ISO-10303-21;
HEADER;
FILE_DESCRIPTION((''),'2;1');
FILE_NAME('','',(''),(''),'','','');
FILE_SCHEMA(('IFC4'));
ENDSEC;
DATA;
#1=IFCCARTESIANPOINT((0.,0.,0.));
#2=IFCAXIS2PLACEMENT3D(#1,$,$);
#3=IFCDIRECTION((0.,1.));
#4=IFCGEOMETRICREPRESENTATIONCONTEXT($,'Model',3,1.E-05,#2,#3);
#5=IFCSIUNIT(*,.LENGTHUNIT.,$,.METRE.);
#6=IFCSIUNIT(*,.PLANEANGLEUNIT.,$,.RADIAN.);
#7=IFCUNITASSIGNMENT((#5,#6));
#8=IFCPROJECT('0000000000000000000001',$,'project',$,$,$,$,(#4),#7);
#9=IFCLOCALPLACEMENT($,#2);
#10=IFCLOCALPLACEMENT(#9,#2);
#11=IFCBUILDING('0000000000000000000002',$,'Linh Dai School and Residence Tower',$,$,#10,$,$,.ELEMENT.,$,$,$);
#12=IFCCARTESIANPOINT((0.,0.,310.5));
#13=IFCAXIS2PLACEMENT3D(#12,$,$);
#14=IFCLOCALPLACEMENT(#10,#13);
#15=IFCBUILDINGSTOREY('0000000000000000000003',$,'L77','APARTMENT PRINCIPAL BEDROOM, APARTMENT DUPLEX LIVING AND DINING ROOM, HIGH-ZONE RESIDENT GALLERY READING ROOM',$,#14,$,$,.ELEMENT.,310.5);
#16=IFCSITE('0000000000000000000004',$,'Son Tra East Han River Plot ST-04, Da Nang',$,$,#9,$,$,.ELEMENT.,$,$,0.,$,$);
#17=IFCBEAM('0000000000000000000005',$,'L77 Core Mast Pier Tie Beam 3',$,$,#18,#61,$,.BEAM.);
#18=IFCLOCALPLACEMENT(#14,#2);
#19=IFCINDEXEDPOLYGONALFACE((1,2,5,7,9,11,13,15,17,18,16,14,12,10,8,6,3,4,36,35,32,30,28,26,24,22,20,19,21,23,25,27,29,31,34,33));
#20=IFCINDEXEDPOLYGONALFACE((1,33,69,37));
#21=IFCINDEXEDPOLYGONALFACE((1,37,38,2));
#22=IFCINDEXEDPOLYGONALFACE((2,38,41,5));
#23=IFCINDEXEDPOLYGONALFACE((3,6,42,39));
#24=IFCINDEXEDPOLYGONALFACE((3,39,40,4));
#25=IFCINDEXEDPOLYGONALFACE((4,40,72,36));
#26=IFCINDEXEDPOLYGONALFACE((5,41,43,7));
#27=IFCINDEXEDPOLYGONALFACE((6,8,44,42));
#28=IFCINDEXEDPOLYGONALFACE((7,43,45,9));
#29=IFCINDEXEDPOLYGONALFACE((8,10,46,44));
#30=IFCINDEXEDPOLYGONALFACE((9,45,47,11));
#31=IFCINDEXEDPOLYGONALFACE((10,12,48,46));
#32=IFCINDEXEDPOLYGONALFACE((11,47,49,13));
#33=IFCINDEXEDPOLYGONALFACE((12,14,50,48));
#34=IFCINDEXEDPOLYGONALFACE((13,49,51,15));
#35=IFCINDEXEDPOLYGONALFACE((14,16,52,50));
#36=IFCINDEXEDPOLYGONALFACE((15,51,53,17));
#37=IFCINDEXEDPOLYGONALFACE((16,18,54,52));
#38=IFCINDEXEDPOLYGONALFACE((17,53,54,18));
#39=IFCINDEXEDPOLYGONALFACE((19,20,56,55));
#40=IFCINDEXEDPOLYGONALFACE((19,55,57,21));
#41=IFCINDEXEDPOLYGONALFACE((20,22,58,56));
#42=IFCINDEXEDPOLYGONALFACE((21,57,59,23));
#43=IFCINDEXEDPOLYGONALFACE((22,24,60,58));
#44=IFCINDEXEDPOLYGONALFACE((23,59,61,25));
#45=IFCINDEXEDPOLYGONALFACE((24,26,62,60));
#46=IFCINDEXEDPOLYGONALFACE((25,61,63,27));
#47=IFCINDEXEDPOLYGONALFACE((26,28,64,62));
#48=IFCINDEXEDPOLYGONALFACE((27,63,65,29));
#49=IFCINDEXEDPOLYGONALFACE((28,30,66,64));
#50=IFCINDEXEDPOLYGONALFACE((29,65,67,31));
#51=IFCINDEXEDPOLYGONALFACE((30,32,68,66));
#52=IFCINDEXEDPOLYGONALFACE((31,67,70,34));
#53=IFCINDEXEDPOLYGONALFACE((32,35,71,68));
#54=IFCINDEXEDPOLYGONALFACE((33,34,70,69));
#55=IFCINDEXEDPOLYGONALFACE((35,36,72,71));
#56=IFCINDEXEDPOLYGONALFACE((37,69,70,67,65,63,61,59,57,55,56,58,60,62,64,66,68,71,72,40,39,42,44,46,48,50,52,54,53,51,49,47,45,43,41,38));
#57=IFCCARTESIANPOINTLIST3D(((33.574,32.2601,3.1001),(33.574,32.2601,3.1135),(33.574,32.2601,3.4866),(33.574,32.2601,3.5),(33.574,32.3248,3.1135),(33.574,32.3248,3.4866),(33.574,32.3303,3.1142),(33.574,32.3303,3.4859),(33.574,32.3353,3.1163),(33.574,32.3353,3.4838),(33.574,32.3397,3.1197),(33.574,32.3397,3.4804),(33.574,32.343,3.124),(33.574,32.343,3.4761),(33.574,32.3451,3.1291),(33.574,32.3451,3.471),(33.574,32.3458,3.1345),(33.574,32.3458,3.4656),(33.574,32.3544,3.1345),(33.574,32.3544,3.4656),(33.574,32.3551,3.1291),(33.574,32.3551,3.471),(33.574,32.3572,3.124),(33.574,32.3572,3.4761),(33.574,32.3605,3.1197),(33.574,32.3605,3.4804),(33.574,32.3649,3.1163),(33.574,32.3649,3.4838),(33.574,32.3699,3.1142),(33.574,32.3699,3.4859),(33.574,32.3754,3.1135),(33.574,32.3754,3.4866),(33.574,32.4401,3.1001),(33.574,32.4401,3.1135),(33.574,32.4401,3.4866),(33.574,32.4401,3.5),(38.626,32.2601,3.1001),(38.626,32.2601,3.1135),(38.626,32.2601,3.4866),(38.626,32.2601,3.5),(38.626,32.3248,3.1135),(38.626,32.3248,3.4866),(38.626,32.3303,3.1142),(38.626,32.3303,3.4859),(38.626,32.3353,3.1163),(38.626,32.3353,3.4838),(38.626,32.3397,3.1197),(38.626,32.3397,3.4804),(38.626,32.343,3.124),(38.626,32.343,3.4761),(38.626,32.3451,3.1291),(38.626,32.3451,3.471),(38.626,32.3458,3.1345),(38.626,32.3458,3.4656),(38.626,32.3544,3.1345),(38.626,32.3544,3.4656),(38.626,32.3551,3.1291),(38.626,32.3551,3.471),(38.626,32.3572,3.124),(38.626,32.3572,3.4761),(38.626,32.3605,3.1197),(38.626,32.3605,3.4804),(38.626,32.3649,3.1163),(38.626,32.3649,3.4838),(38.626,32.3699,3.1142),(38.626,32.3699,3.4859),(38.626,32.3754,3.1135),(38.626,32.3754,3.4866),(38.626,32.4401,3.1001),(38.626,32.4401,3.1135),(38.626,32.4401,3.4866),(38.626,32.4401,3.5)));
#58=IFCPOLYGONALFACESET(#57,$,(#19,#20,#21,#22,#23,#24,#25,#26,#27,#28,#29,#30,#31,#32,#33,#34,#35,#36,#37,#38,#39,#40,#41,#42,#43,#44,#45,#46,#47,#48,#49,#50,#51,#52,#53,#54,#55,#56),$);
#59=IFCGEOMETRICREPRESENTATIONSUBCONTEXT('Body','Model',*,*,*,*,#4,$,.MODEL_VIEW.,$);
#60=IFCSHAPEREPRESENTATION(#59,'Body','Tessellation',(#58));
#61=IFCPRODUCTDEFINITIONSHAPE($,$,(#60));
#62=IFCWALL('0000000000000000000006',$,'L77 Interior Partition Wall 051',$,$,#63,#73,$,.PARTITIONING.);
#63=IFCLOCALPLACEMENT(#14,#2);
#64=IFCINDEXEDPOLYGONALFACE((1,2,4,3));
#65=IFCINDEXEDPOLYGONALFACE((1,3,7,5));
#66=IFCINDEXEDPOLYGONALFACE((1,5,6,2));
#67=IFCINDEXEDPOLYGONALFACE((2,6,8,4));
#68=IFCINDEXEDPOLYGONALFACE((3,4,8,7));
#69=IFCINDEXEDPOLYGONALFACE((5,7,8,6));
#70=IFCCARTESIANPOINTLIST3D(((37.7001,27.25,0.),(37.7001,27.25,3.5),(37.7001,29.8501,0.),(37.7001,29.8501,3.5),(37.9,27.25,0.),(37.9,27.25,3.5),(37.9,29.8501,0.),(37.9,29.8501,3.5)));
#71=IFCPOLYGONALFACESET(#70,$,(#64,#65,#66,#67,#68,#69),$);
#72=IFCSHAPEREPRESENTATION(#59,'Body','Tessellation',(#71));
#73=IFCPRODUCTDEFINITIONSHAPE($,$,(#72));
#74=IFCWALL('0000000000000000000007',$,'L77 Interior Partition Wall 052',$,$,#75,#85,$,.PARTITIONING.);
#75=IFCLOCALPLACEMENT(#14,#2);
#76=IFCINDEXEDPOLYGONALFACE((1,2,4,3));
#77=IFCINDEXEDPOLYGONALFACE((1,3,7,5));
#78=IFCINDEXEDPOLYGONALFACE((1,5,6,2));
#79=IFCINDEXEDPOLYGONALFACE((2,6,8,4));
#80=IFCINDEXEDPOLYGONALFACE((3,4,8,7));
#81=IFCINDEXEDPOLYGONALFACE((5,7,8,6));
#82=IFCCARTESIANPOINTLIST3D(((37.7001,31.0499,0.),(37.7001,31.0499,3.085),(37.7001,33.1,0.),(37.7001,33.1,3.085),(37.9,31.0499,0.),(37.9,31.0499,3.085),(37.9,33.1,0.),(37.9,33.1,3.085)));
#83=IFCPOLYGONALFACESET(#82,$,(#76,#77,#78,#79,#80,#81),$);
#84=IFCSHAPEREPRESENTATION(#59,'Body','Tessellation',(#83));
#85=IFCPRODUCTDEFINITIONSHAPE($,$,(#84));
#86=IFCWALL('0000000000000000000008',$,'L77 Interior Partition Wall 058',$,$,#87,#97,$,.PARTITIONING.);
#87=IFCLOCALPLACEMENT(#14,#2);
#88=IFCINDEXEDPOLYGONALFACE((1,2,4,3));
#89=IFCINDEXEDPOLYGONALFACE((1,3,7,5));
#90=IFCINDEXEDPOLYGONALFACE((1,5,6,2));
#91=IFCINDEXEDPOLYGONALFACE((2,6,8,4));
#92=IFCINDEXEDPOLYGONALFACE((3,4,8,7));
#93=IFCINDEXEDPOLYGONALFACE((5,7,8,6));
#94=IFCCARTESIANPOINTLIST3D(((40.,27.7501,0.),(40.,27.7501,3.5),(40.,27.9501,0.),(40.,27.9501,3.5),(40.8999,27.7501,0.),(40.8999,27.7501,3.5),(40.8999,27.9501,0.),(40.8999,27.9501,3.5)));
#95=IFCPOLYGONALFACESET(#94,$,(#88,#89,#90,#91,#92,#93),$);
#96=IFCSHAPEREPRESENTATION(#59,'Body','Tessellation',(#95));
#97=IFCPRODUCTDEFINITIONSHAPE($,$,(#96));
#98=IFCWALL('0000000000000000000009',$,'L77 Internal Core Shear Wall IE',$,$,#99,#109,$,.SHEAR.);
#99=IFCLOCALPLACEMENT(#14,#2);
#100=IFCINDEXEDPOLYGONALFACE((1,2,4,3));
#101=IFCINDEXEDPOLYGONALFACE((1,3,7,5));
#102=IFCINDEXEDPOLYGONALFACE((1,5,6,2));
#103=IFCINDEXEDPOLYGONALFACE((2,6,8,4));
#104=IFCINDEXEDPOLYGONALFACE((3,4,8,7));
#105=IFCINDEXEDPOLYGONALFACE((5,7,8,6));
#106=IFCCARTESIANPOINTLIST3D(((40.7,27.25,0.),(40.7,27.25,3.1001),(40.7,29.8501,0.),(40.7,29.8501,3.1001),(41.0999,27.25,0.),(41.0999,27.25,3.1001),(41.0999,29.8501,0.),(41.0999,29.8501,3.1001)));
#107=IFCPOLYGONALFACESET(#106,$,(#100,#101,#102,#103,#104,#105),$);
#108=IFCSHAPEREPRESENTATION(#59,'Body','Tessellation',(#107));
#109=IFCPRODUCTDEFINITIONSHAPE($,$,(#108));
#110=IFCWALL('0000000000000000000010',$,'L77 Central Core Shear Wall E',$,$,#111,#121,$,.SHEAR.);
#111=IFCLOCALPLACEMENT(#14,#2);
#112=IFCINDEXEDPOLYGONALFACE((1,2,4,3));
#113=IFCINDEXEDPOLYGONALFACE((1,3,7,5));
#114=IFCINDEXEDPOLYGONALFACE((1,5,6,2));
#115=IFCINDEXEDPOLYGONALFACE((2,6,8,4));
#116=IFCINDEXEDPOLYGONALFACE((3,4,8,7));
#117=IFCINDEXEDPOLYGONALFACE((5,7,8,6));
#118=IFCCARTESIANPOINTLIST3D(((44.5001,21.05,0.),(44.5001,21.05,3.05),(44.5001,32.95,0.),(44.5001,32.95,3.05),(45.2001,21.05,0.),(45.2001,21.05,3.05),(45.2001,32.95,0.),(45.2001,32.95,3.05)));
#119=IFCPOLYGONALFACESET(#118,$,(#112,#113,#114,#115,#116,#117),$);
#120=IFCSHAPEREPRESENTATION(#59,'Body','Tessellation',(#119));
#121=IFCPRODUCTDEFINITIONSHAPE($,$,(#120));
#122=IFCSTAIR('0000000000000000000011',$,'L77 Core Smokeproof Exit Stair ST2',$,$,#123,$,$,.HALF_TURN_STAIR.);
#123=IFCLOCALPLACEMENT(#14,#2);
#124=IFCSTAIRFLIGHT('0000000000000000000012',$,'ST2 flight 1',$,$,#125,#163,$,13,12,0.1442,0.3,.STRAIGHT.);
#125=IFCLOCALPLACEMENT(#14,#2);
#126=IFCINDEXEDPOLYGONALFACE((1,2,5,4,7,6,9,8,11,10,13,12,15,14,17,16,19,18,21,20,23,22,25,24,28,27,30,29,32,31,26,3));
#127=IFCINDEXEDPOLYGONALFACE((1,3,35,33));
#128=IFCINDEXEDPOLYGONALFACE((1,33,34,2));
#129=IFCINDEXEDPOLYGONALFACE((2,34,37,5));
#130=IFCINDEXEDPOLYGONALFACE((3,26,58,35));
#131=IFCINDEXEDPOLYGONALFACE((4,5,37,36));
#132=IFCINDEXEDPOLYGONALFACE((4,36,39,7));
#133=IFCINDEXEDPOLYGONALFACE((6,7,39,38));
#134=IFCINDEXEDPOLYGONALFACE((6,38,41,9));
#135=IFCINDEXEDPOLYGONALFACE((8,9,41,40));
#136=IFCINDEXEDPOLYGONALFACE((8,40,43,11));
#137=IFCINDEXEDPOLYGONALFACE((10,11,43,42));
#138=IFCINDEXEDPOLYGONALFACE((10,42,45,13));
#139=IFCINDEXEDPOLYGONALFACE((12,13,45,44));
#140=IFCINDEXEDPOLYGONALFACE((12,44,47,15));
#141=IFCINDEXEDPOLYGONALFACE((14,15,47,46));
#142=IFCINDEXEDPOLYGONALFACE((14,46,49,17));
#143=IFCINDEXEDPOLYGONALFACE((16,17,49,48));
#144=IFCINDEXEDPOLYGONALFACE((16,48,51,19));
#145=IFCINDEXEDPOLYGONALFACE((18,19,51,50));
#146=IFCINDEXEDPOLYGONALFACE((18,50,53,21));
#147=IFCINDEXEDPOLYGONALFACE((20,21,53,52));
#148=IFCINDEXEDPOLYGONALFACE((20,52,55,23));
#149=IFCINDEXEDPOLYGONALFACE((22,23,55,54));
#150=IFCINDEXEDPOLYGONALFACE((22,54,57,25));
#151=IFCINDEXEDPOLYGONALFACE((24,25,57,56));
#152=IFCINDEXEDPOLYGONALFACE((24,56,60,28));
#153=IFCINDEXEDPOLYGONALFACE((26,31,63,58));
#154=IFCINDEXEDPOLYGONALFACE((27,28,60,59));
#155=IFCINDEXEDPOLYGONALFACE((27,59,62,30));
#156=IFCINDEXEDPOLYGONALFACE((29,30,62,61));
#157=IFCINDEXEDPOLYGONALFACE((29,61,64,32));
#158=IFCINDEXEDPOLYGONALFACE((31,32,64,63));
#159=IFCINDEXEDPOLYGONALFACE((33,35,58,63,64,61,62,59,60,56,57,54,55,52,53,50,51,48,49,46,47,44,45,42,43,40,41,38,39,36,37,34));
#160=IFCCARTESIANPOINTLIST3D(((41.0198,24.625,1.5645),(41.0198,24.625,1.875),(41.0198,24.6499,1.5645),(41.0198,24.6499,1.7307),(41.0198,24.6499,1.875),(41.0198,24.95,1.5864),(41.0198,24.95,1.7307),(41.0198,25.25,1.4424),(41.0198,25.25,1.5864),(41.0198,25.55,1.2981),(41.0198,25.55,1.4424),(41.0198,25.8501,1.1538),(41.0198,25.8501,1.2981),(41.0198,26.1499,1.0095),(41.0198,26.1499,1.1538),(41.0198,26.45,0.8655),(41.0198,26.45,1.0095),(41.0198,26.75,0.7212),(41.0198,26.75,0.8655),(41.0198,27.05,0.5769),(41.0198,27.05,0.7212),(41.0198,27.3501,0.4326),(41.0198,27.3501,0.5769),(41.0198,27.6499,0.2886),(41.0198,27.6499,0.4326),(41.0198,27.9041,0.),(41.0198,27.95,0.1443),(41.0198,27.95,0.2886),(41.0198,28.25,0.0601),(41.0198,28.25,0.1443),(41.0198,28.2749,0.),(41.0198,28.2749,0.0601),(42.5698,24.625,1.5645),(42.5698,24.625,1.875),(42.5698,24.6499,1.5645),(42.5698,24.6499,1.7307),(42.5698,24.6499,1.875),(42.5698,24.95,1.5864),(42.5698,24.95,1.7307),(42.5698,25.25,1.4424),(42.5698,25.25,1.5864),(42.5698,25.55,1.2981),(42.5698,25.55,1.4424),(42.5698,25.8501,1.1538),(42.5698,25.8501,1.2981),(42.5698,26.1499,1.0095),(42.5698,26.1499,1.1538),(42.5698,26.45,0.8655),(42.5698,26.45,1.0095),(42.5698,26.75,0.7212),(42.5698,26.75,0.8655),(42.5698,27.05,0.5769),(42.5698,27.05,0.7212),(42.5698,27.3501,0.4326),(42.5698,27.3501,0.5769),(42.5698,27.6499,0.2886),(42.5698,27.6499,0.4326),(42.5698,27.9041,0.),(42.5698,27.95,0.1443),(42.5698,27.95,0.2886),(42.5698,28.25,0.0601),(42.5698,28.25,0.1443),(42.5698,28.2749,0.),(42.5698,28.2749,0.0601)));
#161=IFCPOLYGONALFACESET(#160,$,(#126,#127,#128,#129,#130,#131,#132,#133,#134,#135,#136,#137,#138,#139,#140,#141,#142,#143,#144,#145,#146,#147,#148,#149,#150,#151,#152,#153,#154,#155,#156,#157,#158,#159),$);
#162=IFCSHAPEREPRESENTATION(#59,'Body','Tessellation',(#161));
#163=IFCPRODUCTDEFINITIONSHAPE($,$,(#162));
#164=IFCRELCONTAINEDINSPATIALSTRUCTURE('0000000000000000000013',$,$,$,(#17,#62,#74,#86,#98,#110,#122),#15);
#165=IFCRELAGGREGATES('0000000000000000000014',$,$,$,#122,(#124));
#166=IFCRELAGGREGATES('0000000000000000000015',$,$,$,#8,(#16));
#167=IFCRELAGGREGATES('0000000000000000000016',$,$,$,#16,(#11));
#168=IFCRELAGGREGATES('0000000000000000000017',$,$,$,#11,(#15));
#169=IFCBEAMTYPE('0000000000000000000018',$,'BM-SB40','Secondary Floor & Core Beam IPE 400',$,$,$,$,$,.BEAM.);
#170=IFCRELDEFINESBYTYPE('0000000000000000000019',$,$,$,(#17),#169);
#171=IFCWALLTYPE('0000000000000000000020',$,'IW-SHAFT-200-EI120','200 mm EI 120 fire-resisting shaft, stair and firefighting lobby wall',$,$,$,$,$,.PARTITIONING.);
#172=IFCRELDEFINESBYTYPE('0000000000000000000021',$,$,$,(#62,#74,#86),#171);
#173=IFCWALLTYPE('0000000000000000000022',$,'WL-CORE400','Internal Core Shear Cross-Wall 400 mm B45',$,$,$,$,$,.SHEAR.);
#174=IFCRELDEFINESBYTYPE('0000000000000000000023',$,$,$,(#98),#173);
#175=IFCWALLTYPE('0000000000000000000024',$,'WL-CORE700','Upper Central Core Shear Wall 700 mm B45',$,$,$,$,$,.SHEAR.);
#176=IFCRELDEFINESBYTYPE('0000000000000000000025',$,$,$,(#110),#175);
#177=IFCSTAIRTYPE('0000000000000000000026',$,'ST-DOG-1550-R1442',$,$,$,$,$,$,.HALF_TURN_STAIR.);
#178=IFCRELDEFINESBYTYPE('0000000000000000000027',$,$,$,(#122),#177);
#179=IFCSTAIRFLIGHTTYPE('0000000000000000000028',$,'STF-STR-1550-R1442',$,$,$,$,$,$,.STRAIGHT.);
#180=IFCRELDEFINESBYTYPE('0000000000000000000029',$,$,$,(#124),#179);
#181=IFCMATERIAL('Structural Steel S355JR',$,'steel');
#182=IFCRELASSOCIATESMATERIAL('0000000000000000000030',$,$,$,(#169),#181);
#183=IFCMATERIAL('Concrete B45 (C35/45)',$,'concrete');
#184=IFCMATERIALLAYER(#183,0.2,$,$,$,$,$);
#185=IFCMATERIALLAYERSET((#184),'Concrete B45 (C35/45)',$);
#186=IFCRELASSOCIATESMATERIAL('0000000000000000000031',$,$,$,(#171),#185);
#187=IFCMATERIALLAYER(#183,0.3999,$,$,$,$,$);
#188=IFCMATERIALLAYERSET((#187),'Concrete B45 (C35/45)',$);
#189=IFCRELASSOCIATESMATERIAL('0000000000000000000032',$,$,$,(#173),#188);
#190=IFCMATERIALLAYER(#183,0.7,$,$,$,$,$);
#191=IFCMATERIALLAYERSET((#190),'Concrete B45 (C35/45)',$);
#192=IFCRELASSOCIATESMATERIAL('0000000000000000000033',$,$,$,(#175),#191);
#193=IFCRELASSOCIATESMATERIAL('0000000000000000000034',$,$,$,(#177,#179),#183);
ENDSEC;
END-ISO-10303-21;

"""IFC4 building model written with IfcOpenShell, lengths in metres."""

from ifc_helpers import new_model, si_unit, direction, frame, frame_2d, origin, origin_2d, place, context, subcontext, project, spatial, polyline, rectangle, i_section, outline, extrude, source, transform, mapped, material, layer, layer_set, material_profile, profile_set, type_object, element, aggregate, save


model = new_model("IFC4")

# Units and contexts
model_context = context("Model", 3, precision=1e-05, world=origin(), true_north=direction((0.0, 1.0)))
body_context = subcontext(model_context, "Body", "Model", "MODEL_VIEW")
ifc_project = project(units=[si_unit("LENGTHUNIT", "METRE"), si_unit("PLANEANGLEUNIT", "RADIAN")], contexts=[model_context])

# Site, building, storey
site_placement = place(None, origin())
site = spatial("IfcSite", under=ifc_project, at=site_placement, Name="Son Tra East Han River Plot ST-04, Da Nang", CompositionType="ELEMENT", RefElevation=0.0)
building_placement = place(site_placement, origin())
building = spatial("IfcBuilding", under=site, at=building_placement, Name="Linh Dai School and Residence Tower", CompositionType="ELEMENT")
storey_placement = place(building_placement, frame((0.0, 0.0, 310.5)))
storey = spatial("IfcBuildingStorey", under=building, at=storey_placement, Name="L77", Description="APARTMENT PRINCIPAL BEDROOM, APARTMENT DUPLEX LIVING AND DINING ROOM, HIGH-ZONE RESIDENT GALLERY READING ROOM", CompositionType="ELEMENT", Elevation=310.5)

# Shared definitions
ifc_material_1 = material(Name="Structural Steel S355JR", Category="steel")

# Beam
ifc_material_profile_1 = material_profile(ifc_material_1, i_section(OverallWidth=0.1799, OverallDepth=0.3999, WebThickness=0.0085, FlangeThickness=0.0134, FilletRadius=0.021, at=origin_2d()), Name="IPE 400")
ifc_profile_set_1 = profile_set([ifc_material_profile_1], Name="Structural Steel S355JR")
beam_type_1 = type_object("IfcBeamType", Name="BM-SB40", Description="Secondary Floor & Core Beam IPE 400", PredefinedType="BEAM", material=ifc_profile_set_1)
beam_1_placement = place(storey_placement, frame((38.626, 32.3501, 3.3), z_axis=(-1.0, 0.0, 0.0), x_axis=(0.0, -1.0, 0.0)))
element("IfcBeam", 1, at=beam_1_placement, inside=storey, type_object=beam_type_1, Name="L77 Core Mast Pier Tie Beam 3", PredefinedType="BEAM", context=body_context, shape_type="SweptSolid", body=[
    extrude(i_section(OverallWidth=0.1799, OverallDepth=0.3999, WebThickness=0.0085, FlangeThickness=0.0134, FilletRadius=0.021, at=origin_2d()), origin(), (0.0, 0.0, 1.0), 5.052),
])

# Walls
ifc_material_2 = material(Name="Concrete B45 (C35/45)", Category="concrete")
ifc_layer_1 = layer(ifc_material_2, 0.2)
ifc_layer_set_1 = layer_set([ifc_layer_1], Name="Concrete B45 (C35/45)")
wall_type_1 = type_object("IfcWallType", Name="IW-SHAFT-200-EI120", Description="200 mm EI 120 fire-resisting shaft, stair and firefighting lobby wall", PredefinedType="PARTITIONING", material=ifc_layer_set_1)
wall_1_placement = place(storey_placement, frame((37.8, 27.25, 0.0), z_axis=(0.0, 0.0, 1.0), x_axis=(0.0, 1.0, 0.0)))
element("IfcWall", 2, at=wall_1_placement, inside=storey, type_object=wall_type_1, Name="L77 Interior Partition Wall 051", PredefinedType="PARTITIONING", context=body_context, shape_type="SweptSolid", body=[
    extrude(rectangle(XDim=2.6001, YDim=0.2, at=frame_2d((1.3, 0.0))), origin(), (0.0, 0.0, 1.0), 3.5),
])
wall_2_placement = place(storey_placement, frame((37.8, 31.05, 0.0), z_axis=(0.0, 0.0, 1.0), x_axis=(0.0, 1.0, 0.0)))
element("IfcWall", 3, at=wall_2_placement, inside=storey, type_object=wall_type_1, Name="L77 Interior Partition Wall 052", PredefinedType="PARTITIONING", context=body_context, shape_type="SweptSolid", body=[
    extrude(rectangle(XDim=2.05, YDim=0.2, at=frame_2d((1.0249, 0.0))), origin(), (0.0, 0.0, 1.0), 3.085),
])
wall_3_placement = place(storey_placement, frame((40.0, 27.8501, 0.0), z_axis=(0.0, 0.0, 1.0), x_axis=(1.0, 0.0, 0.0)))
element("IfcWall", 4, at=wall_3_placement, inside=storey, type_object=wall_type_1, Name="L77 Interior Partition Wall 058", PredefinedType="PARTITIONING", context=body_context, shape_type="SweptSolid", body=[
    extrude(rectangle(XDim=0.8999, YDim=0.2, at=frame_2d((0.45, 0.0))), origin(), (0.0, 0.0, 1.0), 3.5),
])
ifc_layer_2 = layer(ifc_material_2, 0.3999)
ifc_layer_set_2 = layer_set([ifc_layer_2], Name="Concrete B45 (C35/45)")
wall_type_2 = type_object("IfcWallType", Name="WL-CORE400", Description="Internal Core Shear Cross-Wall 400 mm B45", PredefinedType="SHEAR", material=ifc_layer_set_2)
wall_4_placement = place(storey_placement, frame((40.8999, 27.25, 0.0), z_axis=(0.0, 0.0, 1.0), x_axis=(0.0, 1.0, 0.0)))
element("IfcWall", 5, at=wall_4_placement, inside=storey, type_object=wall_type_2, Name="L77 Internal Core Shear Wall IE", PredefinedType="SHEAR", context=body_context, shape_type="SweptSolid", body=[
    extrude(rectangle(XDim=2.6001, YDim=0.3999, at=frame_2d((1.3, 0.0))), origin(), (0.0, 0.0, 1.0), 3.1001),
])
ifc_layer_3 = layer(ifc_material_2, 0.7)
ifc_layer_set_3 = layer_set([ifc_layer_3], Name="Concrete B45 (C35/45)")
wall_type_3 = type_object("IfcWallType", Name="WL-CORE700", Description="Upper Central Core Shear Wall 700 mm B45", PredefinedType="SHEAR", material=ifc_layer_set_3)
wall_5_placement = place(storey_placement, frame((44.8501, 32.95, 0.0), z_axis=(0.0, 0.0, 1.0), x_axis=(0.0, -1.0, 0.0)))
element("IfcWall", 6, at=wall_5_placement, inside=storey, type_object=wall_type_3, Name="L77 Central Core Shear Wall E", PredefinedType="SHEAR", context=body_context, shape_type="SweptSolid", body=[
    extrude(rectangle(XDim=11.8999, YDim=0.7, at=frame_2d((5.95, 0.0))), origin(), (0.0, 0.0, 1.0), 3.05),
])

# Stair, stair flight
stair_type = type_object("IfcStairType", Name="ST-DOG-1550-R1442", PredefinedType="HALF_TURN_STAIR", material=ifc_material_2)
stair_placement = place(storey_placement, origin())
stair = element("IfcStair", 7, at=stair_placement, inside=storey, type_object=stair_type, Name="L77 Core Smokeproof Exit Stair ST2", PredefinedType="HALF_TURN_STAIR")
stair_flight_type = type_object("IfcStairFlightType", Name="STF-STR-1550-R1442", PredefinedType="STRAIGHT", material=ifc_material_2)
shared_shape_1 = source(origin(), body_context, "Body", "SweptSolid", [
    extrude(outline(polyline([(-0.0249, 0.0), (-0.0249, 0.0601), (0.0, 0.0601), (0.0, 0.1443), (0.3, 0.1443), (0.3, 0.2886), (0.6001, 0.2886), (0.6001, 0.4326), (0.8999, 0.4326), (0.8999, 0.5769), (1.2, 0.5769), (1.2, 0.7212), (1.5, 0.7212), (1.5, 0.8655), (1.8, 0.8655), (1.8, 1.0095), (2.1001, 1.0095), (2.1001, 1.1538), (2.3999, 1.1538), (2.3999, 1.2981), (2.7, 1.2981), (2.7, 1.4424), (3.0, 1.4424), (3.0, 1.5864), (3.3, 1.5864), (3.3, 1.7307), (3.6001, 1.7307), (3.6001, 1.875), (3.625, 1.875), (3.625, 1.5645), (3.6001, 1.5645), (0.3459, 0.0), (-0.0249, 0.0)])), frame((0.0, 0.7749, 0.0), z_axis=(0.0, -1.0, 0.0), x_axis=(1.0, 0.0, 0.0)), (0.0, 0.0, 1.0), 1.55),
])
stair_flight_placement = place(storey_placement, frame((41.7949, 28.25, 0.0), z_axis=(0.0, 0.0, 1.0), x_axis=(0.0, -1.0, 0.0)))
stair_flight = element("IfcStairFlight", 8, at=stair_flight_placement, type_object=stair_flight_type, Name="ST2 flight 1", NumberOfRisers=13, NumberOfTreads=12, PredefinedType="STRAIGHT", RiserHeight=0.1442, TreadLength=0.3, context=body_context, shape_type="MappedRepresentation", body=[
    mapped(shared_shape_1, transform((0.0, 0.0, 0.0), x_axis=(1.0, 0.0, 0.0), y_axis=(0.0, 1.0, 0.0), z_axis=(0.0, 0.0, 1.0), scale=1.0)),
])
aggregate(stair, [stair_flight])

save(model, "model.ifc")
